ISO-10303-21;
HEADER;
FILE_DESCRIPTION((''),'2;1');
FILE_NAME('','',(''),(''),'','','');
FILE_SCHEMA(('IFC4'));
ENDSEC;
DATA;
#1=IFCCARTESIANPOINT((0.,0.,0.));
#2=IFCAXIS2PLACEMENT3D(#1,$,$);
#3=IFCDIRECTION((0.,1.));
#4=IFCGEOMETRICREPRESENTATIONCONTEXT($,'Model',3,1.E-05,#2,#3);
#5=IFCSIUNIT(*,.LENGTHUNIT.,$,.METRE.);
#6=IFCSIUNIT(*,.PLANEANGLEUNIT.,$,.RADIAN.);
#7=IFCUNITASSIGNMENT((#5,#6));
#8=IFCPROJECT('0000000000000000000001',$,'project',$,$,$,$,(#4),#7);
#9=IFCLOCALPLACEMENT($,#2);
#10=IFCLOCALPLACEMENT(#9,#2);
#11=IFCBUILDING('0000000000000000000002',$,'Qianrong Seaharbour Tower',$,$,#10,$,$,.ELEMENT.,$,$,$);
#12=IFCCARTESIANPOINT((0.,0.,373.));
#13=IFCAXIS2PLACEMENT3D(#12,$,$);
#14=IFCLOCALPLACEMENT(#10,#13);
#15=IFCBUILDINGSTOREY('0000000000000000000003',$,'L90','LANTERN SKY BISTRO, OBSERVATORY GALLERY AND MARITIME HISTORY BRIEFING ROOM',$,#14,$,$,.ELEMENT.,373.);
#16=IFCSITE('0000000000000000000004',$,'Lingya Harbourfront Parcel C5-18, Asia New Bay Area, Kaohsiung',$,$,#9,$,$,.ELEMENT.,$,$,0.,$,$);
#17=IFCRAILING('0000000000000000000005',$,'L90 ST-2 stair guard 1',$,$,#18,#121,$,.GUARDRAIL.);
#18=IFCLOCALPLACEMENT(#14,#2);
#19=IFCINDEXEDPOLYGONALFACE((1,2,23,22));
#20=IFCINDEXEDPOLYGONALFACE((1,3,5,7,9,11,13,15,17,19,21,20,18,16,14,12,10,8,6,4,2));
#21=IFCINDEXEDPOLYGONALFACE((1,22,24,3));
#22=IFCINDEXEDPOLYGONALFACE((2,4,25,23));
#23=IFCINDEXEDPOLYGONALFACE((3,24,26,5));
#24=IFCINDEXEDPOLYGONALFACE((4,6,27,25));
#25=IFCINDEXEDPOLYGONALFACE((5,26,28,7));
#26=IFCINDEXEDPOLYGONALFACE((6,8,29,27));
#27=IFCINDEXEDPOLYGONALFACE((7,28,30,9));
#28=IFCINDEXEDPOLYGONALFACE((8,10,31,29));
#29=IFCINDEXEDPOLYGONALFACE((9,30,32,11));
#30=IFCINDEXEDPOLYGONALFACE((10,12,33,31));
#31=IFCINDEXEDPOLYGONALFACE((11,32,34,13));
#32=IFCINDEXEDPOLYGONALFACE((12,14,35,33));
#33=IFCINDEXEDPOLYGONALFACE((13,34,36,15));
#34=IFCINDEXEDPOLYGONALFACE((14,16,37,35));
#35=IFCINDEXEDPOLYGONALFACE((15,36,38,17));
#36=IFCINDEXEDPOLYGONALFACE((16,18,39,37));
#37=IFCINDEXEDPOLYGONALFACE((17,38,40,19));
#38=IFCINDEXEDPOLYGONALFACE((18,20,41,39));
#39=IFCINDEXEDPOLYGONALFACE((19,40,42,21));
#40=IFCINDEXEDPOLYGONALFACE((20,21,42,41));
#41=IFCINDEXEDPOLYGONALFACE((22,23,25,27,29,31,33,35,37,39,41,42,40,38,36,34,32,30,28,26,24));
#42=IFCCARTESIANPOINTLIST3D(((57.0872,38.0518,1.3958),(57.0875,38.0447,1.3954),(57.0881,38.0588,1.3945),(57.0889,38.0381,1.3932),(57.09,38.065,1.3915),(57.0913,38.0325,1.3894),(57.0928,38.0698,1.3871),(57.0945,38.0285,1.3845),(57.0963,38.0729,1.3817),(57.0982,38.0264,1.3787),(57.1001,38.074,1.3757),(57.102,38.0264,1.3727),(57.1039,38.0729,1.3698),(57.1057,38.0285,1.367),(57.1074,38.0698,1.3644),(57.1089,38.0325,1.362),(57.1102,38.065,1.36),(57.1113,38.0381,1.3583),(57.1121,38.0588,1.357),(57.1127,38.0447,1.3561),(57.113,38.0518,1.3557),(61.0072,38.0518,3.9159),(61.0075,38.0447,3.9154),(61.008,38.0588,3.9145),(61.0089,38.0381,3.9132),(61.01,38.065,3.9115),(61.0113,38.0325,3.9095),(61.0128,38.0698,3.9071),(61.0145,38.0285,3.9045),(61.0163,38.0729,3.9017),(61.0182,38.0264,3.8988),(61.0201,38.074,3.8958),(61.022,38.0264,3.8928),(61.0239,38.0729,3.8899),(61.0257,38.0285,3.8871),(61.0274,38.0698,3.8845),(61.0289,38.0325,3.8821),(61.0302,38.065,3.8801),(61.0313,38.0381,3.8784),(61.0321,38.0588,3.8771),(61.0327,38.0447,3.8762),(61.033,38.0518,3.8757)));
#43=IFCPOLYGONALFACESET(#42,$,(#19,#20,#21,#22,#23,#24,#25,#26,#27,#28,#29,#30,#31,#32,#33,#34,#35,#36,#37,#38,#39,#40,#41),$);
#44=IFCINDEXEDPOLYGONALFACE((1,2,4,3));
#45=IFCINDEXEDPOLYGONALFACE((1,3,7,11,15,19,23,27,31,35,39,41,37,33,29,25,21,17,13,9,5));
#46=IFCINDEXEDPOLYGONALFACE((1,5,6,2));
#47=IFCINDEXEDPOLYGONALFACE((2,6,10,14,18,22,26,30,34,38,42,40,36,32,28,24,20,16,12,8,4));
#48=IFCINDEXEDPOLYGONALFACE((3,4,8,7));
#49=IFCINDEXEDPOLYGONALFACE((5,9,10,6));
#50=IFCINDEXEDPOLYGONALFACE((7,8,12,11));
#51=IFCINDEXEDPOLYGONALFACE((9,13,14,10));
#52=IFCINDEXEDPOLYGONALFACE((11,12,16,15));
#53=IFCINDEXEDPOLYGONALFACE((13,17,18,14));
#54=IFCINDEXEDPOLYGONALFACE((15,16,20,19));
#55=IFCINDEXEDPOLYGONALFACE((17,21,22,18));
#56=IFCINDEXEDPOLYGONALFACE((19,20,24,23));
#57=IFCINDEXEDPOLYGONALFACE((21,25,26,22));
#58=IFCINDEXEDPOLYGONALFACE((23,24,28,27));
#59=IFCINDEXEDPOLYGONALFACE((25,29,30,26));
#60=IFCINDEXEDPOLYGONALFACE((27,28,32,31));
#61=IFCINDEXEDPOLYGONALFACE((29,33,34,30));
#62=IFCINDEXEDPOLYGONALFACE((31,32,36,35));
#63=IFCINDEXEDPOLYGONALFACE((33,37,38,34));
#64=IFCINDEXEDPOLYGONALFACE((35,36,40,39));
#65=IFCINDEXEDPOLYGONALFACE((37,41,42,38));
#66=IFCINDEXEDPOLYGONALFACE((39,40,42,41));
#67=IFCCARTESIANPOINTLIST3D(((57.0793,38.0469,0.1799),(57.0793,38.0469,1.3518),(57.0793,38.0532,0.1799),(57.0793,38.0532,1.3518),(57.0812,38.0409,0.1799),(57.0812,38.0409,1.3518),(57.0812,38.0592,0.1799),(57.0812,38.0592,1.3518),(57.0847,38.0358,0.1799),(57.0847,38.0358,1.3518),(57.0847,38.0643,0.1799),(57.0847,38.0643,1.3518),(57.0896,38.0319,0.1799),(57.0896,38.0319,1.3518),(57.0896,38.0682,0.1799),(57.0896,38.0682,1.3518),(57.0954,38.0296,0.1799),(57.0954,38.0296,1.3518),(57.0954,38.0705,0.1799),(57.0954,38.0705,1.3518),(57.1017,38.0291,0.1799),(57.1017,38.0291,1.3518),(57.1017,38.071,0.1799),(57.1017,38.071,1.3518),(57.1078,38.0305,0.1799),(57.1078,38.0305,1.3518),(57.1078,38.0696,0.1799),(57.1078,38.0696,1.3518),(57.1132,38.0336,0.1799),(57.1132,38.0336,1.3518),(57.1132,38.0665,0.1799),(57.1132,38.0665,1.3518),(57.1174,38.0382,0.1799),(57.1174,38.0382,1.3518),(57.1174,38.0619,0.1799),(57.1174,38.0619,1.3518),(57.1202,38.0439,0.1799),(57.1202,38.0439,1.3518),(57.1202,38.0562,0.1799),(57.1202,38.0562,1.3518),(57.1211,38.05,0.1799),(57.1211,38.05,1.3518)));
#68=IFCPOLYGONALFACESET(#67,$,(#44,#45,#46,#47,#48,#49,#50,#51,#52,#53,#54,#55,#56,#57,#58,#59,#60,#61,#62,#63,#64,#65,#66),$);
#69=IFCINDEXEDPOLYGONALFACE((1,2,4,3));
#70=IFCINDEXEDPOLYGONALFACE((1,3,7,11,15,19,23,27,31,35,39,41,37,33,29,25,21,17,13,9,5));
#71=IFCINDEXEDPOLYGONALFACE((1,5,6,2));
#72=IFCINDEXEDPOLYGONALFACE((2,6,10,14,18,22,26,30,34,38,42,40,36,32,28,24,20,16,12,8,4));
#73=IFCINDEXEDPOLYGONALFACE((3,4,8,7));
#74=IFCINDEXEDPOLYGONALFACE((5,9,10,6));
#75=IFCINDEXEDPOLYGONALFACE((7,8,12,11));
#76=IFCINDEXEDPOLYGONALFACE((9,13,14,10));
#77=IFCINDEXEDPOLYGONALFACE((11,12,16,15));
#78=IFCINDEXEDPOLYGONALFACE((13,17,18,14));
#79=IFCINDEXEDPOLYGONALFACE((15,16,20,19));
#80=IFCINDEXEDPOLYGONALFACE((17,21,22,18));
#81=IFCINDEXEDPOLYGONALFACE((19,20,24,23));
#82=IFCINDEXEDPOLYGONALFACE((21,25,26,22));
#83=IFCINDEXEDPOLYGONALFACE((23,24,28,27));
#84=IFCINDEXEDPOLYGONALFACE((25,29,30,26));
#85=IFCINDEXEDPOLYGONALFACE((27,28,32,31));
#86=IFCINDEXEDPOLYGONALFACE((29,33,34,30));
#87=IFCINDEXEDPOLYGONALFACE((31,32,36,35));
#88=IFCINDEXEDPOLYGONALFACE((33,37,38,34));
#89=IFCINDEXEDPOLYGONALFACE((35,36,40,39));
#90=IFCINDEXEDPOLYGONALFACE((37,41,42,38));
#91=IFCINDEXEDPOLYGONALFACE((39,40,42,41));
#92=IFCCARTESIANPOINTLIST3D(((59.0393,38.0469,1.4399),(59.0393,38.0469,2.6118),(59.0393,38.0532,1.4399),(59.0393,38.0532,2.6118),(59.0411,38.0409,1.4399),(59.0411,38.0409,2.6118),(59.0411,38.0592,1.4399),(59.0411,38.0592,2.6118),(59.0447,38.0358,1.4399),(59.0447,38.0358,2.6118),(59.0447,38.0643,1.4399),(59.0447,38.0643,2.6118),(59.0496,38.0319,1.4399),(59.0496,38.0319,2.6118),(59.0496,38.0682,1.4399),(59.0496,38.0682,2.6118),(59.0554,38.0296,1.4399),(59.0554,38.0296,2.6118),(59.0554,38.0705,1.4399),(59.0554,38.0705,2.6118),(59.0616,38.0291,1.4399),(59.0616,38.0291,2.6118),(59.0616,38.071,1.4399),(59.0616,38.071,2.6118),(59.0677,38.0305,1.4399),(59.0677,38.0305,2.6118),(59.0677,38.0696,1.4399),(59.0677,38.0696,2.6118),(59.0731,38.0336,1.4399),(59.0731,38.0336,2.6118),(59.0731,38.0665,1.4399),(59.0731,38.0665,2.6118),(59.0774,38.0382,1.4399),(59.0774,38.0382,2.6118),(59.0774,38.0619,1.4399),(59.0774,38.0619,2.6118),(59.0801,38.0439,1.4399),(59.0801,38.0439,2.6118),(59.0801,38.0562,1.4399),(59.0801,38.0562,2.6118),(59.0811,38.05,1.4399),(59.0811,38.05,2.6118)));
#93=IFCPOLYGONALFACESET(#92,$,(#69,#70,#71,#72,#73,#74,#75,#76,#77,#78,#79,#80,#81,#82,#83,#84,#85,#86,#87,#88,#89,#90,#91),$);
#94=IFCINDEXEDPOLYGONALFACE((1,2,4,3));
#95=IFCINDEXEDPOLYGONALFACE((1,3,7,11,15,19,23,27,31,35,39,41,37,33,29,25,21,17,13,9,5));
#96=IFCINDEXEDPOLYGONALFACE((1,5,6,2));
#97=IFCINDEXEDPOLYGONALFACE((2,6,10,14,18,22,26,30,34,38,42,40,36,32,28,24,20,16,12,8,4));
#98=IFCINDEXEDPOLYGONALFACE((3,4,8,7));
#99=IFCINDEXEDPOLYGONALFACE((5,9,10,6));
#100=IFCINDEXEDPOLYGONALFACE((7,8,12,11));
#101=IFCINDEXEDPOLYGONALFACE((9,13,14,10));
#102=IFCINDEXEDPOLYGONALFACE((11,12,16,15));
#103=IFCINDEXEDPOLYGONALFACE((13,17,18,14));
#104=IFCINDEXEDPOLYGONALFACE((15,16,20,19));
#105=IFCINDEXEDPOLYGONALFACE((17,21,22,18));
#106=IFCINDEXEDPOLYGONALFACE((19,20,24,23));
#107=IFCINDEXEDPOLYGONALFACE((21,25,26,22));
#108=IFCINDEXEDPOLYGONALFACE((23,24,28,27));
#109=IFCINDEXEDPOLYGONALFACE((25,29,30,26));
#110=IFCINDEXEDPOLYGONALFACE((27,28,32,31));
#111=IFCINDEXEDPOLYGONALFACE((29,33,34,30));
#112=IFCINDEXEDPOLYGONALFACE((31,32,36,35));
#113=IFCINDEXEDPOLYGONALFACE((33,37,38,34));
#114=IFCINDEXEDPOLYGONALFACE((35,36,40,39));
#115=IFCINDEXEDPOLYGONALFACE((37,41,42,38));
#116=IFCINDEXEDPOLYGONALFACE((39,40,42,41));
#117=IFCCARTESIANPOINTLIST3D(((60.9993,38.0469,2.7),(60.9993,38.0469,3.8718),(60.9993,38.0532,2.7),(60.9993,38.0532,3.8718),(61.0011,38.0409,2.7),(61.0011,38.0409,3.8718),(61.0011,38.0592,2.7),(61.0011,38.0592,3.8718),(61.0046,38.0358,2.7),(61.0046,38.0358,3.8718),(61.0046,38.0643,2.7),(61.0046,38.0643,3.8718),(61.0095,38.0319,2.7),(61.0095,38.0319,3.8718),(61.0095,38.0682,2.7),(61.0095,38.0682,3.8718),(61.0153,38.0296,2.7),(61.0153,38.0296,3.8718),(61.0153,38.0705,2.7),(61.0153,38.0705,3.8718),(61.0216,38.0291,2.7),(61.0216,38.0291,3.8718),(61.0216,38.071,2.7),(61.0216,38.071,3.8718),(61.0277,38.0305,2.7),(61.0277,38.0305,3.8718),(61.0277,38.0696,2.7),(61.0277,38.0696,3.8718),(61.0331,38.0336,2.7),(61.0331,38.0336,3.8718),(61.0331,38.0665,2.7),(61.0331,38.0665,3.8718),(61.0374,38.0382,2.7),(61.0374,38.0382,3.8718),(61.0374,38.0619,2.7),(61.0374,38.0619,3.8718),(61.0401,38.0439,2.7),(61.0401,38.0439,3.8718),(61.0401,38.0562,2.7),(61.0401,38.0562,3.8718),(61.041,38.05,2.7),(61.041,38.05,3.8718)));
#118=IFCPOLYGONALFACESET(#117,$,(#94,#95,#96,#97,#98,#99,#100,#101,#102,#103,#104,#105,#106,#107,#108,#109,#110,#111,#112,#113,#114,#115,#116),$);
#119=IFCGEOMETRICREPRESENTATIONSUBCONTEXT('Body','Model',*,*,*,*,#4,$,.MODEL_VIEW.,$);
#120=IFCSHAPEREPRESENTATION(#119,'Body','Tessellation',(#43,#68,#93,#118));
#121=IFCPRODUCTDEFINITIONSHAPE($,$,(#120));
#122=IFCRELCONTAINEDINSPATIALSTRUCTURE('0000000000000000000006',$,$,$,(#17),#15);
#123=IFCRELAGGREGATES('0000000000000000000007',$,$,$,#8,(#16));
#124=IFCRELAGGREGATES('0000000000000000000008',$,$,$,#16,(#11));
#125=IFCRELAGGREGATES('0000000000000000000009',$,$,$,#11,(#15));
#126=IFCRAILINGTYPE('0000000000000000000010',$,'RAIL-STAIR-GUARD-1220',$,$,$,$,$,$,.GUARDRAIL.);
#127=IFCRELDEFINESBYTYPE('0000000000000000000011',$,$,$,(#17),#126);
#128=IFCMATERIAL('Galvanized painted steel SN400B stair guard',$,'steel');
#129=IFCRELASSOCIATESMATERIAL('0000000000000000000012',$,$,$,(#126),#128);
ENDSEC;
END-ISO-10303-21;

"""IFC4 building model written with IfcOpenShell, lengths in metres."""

from ifc_helpers import new_model, si_unit, direction, frame, origin, origin_2d, place, context, subcontext, project, spatial, circle, extrude, material, type_object, element, save


model = new_model("IFC4")

# Units and contexts
model_context = context("Model", 3, precision=1e-05, world=origin(), true_north=direction((0.0, 1.0)))
body_context = subcontext(model_context, "Body", "Model", "MODEL_VIEW")
ifc_project = project(units=[si_unit("LENGTHUNIT", "METRE"), si_unit("PLANEANGLEUNIT", "RADIAN")], contexts=[model_context])

# Site, building, storey
site_placement = place(None, origin())
site = spatial("IfcSite", under=ifc_project, at=site_placement, Name="Lingya Harbourfront Parcel C5-18, Asia New Bay Area, Kaohsiung", CompositionType="ELEMENT", RefElevation=0.0)
building_placement = place(site_placement, origin())
building = spatial("IfcBuilding", under=site, at=building_placement, Name="Qianrong Seaharbour Tower", CompositionType="ELEMENT")
storey_placement = place(building_placement, frame((0.0, 0.0, 373.0)))
storey = spatial("IfcBuildingStorey", under=building, at=storey_placement, Name="L90", Description="LANTERN SKY BISTRO, OBSERVATORY GALLERY AND MARITIME HISTORY BRIEFING ROOM", CompositionType="ELEMENT", Elevation=373.0)

# Railing
ifc_material_1 = material(Name="Galvanized painted steel SN400B stair guard", Category="steel")
railing_type_1 = type_object("IfcRailingType", Name="RAIL-STAIR-GUARD-1220", PredefinedType="GUARDRAIL", material=ifc_material_1)
railing_1_placement = place(storey_placement, frame((57.1001, 38.05, 0.1799)))
element("IfcRailing", 1, at=railing_1_placement, inside=storey, type_object=railing_type_1, Name="L90 ST-2 stair guard 1", PredefinedType="GUARDRAIL", context=body_context, shape_type="SweptSolid", body=[
    extrude(circle(Radius=0.0239, at=origin_2d()), frame((0.0, 0.0, 1.1958), z_axis=(0.841172, 0.0, 0.540768), x_axis=(0.0, 1.0, 0.0)), (0.0, 0.0, 1.0), 4.6602),
    extrude(circle(Radius=0.021, at=origin_2d()), origin(), (0.0, 0.0, 1.0), 1.1719),
    extrude(circle(Radius=0.021, at=origin_2d()), frame((1.96, 0.0, 1.26)), (0.0, 0.0, 1.0), 1.1719),
    extrude(circle(Radius=0.021, at=origin_2d()), frame((3.9199, 0.0, 2.52)), (0.0, 0.0, 1.0), 1.1719),
])

save(model, "model.ifc")
